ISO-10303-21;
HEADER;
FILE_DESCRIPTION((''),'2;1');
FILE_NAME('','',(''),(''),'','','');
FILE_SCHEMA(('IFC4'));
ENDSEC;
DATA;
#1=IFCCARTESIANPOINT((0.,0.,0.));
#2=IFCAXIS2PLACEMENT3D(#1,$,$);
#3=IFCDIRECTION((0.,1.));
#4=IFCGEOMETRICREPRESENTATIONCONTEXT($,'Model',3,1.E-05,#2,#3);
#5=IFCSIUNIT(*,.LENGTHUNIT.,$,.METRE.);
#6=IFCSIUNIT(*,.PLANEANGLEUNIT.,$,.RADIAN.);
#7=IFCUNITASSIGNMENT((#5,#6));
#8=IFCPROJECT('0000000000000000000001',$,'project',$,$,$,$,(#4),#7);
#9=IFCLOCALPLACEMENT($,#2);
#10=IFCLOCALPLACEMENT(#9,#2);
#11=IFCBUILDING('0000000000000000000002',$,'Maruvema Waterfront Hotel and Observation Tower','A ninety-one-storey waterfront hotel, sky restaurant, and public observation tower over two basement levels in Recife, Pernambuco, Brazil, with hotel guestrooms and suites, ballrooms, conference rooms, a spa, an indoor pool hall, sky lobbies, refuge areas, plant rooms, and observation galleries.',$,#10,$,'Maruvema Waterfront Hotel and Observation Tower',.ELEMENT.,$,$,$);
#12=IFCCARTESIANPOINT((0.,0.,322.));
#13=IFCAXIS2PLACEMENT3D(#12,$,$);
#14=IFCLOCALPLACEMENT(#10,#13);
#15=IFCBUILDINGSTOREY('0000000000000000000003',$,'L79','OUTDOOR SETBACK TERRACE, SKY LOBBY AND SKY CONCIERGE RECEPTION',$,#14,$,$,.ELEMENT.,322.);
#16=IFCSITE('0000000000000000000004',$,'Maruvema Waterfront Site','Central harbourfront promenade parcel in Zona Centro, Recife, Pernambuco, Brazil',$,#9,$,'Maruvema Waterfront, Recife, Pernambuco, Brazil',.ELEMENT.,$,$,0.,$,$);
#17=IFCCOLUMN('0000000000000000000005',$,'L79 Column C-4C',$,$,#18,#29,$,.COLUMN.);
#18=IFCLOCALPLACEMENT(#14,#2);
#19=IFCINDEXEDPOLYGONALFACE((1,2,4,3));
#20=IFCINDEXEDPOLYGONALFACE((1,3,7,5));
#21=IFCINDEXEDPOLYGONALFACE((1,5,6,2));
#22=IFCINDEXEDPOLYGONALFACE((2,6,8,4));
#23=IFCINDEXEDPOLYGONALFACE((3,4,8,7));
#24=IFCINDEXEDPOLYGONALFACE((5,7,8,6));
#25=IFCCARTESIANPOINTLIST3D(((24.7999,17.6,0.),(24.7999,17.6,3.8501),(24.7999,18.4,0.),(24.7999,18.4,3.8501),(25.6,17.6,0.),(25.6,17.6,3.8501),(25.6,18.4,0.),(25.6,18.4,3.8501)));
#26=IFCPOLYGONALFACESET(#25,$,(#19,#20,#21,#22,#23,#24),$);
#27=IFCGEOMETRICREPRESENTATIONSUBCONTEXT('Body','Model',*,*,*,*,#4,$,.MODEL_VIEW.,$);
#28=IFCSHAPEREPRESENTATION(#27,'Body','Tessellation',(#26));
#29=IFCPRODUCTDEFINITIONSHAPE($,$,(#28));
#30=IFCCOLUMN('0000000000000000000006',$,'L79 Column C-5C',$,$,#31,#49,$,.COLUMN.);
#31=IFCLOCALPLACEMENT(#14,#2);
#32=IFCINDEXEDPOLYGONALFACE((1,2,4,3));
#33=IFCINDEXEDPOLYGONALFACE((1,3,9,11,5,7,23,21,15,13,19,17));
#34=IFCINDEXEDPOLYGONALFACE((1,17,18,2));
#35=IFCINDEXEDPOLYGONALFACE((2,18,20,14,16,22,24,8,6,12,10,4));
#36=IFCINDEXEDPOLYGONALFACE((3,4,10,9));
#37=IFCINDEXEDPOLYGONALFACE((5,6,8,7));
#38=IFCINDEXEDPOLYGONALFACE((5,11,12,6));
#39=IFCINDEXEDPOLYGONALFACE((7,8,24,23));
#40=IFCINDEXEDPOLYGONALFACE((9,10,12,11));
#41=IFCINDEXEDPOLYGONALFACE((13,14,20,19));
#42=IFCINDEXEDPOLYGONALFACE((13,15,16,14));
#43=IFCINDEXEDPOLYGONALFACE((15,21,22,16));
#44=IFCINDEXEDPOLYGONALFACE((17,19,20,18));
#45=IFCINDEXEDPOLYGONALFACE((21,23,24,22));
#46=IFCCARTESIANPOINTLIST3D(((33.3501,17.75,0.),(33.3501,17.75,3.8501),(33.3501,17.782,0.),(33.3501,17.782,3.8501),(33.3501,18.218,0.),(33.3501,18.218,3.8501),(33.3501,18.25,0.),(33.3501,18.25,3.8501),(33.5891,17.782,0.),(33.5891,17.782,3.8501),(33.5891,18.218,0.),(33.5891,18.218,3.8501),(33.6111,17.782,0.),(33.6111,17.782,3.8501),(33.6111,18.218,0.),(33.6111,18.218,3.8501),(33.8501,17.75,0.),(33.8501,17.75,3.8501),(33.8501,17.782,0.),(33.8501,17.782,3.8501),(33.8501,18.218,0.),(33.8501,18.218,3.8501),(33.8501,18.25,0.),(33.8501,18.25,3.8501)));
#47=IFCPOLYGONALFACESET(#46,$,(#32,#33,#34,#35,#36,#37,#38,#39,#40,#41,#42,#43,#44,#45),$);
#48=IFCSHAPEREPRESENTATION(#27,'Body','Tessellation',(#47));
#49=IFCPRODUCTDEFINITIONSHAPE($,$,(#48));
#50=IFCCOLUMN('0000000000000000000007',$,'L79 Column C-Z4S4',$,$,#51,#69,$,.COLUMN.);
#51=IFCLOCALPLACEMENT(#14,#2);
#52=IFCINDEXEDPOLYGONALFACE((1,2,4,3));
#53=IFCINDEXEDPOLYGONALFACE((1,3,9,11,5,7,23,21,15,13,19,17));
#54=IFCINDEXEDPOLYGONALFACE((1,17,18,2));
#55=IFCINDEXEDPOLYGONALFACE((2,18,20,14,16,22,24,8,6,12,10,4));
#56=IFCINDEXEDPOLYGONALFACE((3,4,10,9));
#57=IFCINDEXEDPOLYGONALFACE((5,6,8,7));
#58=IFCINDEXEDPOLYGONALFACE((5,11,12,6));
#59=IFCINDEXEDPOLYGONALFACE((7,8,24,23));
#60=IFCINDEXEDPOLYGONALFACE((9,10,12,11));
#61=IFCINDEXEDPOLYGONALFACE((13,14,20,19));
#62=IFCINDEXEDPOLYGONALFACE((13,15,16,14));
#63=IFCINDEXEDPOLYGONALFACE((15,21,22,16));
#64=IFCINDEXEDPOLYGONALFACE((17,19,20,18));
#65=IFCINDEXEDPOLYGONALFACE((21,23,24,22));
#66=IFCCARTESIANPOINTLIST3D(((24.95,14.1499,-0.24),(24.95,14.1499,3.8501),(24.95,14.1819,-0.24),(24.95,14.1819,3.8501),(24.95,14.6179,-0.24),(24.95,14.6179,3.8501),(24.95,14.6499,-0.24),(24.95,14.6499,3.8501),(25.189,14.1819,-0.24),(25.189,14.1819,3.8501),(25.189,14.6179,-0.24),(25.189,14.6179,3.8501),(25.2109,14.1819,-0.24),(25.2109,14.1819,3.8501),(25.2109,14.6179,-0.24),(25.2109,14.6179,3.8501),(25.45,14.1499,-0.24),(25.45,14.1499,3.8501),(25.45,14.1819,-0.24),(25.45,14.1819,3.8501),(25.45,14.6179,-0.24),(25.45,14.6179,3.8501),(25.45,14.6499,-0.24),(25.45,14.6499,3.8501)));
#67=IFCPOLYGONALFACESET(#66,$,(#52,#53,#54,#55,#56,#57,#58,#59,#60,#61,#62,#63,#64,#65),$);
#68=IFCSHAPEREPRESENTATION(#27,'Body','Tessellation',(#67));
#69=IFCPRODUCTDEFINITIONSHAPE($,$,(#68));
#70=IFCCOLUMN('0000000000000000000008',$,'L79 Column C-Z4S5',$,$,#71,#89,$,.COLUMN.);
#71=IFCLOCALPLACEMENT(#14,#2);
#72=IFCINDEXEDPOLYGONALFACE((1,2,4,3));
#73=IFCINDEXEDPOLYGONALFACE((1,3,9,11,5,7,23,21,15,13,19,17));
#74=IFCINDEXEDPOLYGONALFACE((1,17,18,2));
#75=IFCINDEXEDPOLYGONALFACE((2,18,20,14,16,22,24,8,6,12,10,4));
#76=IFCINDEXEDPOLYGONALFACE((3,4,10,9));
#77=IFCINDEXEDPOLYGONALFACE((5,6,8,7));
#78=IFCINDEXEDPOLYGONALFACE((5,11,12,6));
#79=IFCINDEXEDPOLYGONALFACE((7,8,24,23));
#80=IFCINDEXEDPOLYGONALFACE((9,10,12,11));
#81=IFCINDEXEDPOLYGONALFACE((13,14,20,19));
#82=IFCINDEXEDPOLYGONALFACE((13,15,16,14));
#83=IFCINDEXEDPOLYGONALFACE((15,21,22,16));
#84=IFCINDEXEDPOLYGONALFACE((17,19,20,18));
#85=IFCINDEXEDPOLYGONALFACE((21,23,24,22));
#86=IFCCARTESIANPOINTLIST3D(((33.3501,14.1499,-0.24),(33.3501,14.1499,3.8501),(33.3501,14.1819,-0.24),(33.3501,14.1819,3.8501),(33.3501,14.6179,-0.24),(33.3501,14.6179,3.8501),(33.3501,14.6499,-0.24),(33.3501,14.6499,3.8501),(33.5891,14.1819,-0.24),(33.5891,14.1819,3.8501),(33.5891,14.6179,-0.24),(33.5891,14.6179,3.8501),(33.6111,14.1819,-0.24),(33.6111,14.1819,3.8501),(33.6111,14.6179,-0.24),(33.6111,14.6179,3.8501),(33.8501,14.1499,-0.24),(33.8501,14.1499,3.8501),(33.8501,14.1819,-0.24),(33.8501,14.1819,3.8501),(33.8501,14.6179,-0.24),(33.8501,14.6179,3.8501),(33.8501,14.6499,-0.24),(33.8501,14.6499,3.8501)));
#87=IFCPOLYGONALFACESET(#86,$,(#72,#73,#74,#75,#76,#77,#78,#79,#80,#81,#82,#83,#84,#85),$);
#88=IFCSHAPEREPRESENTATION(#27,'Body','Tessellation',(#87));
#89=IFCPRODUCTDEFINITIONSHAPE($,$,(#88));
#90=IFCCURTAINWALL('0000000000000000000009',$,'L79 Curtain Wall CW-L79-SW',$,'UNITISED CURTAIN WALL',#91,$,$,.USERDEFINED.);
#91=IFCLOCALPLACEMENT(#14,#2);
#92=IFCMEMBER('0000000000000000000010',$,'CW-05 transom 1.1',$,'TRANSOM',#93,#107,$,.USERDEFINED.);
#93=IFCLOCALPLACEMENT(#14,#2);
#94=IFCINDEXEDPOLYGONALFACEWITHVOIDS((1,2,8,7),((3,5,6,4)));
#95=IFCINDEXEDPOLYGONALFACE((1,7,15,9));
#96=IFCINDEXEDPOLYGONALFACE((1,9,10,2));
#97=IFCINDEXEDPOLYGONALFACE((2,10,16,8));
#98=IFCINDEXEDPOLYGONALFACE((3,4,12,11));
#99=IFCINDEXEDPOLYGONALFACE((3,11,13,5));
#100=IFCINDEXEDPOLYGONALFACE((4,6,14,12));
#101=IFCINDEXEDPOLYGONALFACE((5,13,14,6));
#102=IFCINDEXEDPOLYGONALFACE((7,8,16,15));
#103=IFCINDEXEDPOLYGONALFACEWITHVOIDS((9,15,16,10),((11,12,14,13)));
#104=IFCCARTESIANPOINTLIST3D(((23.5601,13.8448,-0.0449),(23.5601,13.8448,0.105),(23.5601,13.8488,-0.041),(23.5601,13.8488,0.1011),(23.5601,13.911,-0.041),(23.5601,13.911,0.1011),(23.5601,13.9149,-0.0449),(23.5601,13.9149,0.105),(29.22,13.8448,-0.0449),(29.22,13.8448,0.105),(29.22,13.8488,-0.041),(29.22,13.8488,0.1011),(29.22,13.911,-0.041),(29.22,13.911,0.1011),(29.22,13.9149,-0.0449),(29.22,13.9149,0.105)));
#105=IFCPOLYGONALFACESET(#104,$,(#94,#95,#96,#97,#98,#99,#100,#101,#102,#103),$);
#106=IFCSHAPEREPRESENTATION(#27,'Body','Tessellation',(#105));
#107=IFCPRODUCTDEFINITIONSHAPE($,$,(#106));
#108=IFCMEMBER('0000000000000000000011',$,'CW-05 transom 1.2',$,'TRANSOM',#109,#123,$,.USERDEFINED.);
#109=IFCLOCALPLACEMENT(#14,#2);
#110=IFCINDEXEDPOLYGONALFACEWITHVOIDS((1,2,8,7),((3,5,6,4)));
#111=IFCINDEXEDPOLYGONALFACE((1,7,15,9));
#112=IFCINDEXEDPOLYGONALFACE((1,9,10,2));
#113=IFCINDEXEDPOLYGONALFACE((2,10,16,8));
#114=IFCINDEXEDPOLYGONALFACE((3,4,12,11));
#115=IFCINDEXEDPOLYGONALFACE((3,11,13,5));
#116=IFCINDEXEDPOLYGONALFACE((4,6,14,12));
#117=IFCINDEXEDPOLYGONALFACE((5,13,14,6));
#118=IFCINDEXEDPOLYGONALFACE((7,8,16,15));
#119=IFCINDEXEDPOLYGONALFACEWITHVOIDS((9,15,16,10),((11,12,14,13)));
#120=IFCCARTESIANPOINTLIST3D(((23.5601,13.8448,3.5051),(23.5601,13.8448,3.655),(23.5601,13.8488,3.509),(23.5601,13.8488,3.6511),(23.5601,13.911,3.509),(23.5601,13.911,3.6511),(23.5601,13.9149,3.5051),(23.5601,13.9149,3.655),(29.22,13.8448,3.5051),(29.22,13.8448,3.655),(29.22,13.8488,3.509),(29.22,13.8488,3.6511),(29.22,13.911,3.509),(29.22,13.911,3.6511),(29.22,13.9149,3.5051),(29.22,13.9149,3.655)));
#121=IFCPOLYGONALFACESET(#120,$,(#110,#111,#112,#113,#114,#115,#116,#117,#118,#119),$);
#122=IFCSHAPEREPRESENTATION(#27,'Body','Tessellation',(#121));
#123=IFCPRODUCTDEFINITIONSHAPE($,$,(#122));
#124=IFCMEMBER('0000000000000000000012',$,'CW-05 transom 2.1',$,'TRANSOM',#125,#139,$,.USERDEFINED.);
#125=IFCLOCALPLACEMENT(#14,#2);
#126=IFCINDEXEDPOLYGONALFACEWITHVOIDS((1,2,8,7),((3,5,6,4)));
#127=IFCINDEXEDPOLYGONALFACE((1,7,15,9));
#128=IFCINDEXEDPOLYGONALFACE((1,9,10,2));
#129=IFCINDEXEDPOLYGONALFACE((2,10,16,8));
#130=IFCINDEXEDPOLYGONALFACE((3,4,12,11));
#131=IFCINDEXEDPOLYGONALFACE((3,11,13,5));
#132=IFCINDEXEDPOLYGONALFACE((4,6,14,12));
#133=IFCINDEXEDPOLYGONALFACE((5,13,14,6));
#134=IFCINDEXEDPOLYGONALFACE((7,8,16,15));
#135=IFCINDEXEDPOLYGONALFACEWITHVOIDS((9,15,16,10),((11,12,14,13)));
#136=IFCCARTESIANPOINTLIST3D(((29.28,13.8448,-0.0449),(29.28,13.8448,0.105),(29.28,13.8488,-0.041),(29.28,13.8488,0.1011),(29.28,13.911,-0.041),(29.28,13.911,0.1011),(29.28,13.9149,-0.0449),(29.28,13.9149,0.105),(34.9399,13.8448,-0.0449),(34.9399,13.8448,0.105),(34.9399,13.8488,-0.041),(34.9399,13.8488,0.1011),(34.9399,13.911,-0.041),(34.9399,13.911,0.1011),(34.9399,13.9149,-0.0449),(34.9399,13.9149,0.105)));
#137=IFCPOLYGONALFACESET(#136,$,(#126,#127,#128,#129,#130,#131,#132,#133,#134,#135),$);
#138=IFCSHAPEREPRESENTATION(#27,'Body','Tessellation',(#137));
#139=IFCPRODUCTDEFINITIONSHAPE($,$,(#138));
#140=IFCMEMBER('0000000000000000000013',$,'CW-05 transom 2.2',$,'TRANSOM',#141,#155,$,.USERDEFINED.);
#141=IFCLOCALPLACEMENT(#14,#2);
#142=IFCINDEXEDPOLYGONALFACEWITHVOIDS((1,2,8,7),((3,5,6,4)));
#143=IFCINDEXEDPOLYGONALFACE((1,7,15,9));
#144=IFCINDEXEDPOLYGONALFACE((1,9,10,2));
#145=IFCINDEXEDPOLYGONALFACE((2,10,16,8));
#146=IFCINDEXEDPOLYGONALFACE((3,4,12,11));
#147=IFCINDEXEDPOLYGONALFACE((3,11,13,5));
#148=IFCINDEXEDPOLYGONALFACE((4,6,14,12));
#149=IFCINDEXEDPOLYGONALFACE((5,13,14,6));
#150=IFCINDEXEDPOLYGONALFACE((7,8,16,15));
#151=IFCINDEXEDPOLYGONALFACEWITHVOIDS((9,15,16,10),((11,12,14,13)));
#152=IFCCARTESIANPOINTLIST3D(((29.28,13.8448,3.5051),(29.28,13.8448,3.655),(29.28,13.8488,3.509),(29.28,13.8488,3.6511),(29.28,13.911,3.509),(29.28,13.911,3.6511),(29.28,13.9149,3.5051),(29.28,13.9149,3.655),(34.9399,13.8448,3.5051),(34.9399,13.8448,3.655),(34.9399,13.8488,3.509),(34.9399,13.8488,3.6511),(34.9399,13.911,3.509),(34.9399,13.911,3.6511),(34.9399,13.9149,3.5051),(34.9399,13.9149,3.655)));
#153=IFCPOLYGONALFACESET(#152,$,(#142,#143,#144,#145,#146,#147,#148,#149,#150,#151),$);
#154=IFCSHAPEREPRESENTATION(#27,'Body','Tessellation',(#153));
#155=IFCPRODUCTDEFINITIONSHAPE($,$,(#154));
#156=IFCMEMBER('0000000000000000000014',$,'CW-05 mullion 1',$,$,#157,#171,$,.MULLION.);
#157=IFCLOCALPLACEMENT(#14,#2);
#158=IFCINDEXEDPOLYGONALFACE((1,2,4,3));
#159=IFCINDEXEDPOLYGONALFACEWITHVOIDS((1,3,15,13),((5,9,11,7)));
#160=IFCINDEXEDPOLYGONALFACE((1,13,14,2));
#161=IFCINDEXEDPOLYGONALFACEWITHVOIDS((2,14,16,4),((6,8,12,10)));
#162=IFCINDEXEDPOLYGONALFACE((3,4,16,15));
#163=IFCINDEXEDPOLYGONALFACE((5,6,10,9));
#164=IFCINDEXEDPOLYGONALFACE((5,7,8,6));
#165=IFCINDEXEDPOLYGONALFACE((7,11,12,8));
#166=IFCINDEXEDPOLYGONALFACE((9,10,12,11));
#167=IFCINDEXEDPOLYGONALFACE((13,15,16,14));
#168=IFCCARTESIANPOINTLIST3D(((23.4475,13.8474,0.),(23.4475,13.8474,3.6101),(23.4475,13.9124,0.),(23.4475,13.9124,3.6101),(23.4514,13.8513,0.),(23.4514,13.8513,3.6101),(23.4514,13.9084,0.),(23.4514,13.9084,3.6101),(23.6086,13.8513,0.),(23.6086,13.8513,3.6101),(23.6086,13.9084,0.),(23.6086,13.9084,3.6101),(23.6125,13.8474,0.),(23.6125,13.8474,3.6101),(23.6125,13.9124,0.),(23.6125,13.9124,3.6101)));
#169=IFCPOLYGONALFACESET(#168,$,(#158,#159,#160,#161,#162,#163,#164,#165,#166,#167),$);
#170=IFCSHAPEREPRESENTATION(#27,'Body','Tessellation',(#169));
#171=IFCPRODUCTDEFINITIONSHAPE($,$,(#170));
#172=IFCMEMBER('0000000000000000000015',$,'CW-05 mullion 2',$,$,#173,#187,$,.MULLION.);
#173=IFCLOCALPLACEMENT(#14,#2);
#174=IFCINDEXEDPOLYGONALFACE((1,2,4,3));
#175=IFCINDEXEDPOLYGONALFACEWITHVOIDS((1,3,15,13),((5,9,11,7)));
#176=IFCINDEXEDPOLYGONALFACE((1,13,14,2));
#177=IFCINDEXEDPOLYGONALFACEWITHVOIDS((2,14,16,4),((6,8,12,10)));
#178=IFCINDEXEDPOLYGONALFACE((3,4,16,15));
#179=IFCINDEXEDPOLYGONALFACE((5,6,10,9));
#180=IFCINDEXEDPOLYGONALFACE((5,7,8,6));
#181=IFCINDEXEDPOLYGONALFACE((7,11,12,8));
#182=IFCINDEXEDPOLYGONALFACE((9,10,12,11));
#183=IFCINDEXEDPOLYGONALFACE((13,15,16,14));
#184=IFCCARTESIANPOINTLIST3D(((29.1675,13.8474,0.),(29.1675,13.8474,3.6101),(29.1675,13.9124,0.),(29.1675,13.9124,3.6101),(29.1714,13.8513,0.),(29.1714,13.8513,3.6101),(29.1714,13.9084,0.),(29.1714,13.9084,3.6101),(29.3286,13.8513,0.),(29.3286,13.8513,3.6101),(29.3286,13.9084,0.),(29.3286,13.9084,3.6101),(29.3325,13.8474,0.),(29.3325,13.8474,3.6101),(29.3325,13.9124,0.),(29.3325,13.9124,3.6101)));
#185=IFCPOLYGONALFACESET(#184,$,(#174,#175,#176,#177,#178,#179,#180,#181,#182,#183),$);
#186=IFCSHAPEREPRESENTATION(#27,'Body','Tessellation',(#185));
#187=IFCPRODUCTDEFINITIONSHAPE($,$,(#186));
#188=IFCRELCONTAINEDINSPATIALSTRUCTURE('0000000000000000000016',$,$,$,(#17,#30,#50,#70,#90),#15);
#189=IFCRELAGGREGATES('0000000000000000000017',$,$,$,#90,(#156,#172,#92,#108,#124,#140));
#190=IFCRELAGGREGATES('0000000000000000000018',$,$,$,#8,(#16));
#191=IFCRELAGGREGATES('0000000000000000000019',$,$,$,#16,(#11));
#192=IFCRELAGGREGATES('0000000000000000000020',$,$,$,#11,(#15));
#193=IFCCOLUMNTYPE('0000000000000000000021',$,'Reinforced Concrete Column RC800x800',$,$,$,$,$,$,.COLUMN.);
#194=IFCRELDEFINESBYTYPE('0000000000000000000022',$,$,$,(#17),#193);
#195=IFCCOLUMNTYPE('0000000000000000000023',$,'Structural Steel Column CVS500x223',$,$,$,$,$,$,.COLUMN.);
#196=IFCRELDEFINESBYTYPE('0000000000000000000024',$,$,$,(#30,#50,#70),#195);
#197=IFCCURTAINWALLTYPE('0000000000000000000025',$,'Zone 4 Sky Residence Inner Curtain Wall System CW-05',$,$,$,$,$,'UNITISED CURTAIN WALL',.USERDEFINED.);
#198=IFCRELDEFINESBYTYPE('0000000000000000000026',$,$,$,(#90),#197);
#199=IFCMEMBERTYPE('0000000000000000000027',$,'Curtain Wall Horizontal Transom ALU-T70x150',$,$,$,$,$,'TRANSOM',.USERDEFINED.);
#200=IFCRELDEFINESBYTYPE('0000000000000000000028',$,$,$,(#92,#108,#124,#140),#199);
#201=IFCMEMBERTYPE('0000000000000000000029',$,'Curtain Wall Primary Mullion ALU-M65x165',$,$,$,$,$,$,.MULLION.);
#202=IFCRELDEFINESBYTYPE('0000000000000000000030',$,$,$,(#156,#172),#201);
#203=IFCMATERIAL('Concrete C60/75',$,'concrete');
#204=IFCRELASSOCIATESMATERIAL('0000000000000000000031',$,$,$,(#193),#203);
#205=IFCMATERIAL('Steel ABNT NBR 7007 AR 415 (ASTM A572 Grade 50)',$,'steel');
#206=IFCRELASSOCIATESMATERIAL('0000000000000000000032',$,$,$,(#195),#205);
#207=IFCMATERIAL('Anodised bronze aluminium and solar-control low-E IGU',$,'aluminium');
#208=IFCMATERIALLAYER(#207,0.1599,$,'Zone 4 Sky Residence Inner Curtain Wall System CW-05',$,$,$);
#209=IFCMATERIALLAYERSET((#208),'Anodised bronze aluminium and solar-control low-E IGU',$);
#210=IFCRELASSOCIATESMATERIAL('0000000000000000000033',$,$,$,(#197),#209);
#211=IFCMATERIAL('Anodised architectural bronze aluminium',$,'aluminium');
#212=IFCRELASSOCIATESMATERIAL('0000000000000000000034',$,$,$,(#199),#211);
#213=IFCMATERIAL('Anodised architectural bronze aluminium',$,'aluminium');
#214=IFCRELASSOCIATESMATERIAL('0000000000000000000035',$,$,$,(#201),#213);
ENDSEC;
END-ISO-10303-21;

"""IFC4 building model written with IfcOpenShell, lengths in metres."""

from ifc_helpers import new_model, si_unit, direction, frame, origin, origin_2d, place, context, subcontext, project, spatial, rectangle, hollow_rectangle, i_section, extrude, material, layer, layer_set, material_profile, profile_set, type_object, element, aggregate, save


model = new_model("IFC4")

# Units and contexts
model_context = context("Model", 3, precision=1e-05, world=origin(), true_north=direction((0.0, 1.0)))
body_context = subcontext(model_context, "Body", "Model", "MODEL_VIEW")
ifc_project = project(units=[si_unit("LENGTHUNIT", "METRE"), si_unit("PLANEANGLEUNIT", "RADIAN")], contexts=[model_context])

# Site, building, storey
site_placement = place(None, origin())
site = spatial("IfcSite", under=ifc_project, at=site_placement, Name="Maruvema Waterfront Site", Description="Central harbourfront promenade parcel in Zona Centro, Recife, Pernambuco, Brazil", LongName="Maruvema Waterfront, Recife, Pernambuco, Brazil", CompositionType="ELEMENT", RefElevation=0.0)
building_placement = place(site_placement, origin())
building = spatial("IfcBuilding", under=site, at=building_placement, Name="Maruvema Waterfront Hotel and Observation Tower", Description="A ninety-one-storey waterfront hotel, sky restaurant, and public observation tower over two basement levels in Recife, Pernambuco, Brazil, with hotel guestrooms and suites, ballrooms, conference rooms, a spa, an indoor pool hall, sky lobbies, refuge areas, plant rooms, and observation galleries.", LongName="Maruvema Waterfront Hotel and Observation Tower", CompositionType="ELEMENT")
storey_placement = place(building_placement, frame((0.0, 0.0, 322.0)))
storey = spatial("IfcBuildingStorey", under=building, at=storey_placement, Name="L79", Description="OUTDOOR SETBACK TERRACE, SKY LOBBY AND SKY CONCIERGE RECEPTION", CompositionType="ELEMENT", Elevation=322.0)

# Columns
ifc_material_1 = material(Name="Concrete C60/75", Category="concrete")
ifc_material_profile_1 = material_profile(ifc_material_1, rectangle(XDim=0.8, YDim=0.8, at=origin_2d()), Name="RC800x800")
ifc_profile_set_1 = profile_set([ifc_material_profile_1], Name="Concrete C60/75")
column_type_1 = type_object("IfcColumnType", Name="Reinforced Concrete Column RC800x800", PredefinedType="COLUMN", material=ifc_profile_set_1)
column_1_placement = place(storey_placement, frame((25.2, 18.0, 0.0), z_axis=(0.0, 0.0, 1.0), x_axis=(1.0, 0.0, 0.0)))
element("IfcColumn", 1, at=column_1_placement, inside=storey, type_object=column_type_1, Name="L79 Column C-4C", PredefinedType="COLUMN", context=body_context, shape_type="SweptSolid", body=[
    extrude(rectangle(XDim=0.8, YDim=0.8, at=origin_2d()), origin(), (0.0, 0.0, 1.0), 3.8501),
])
ifc_material_2 = material(Name="Steel ABNT NBR 7007 AR 415 (ASTM A572 Grade 50)", Category="steel")
ifc_material_profile_2 = material_profile(ifc_material_2, i_section(OverallWidth=0.5, OverallDepth=0.5, WebThickness=0.022, FlangeThickness=0.032, at=origin_2d()), Name="CVS500x223")
ifc_profile_set_2 = profile_set([ifc_material_profile_2], Name="Steel ABNT NBR 7007 AR 415 (ASTM A572 Grade 50)")
column_type_2 = type_object("IfcColumnType", Name="Structural Steel Column CVS500x223", PredefinedType="COLUMN", material=ifc_profile_set_2)
column_2_placement = place(storey_placement, frame((33.6001, 18.0, 0.0), z_axis=(0.0, 0.0, 1.0), x_axis=(1.0, 0.0, 0.0)))
element("IfcColumn", 2, at=column_2_placement, inside=storey, type_object=column_type_2, Name="L79 Column C-5C", PredefinedType="COLUMN", context=body_context, shape_type="SweptSolid", body=[
    extrude(i_section(OverallWidth=0.5, OverallDepth=0.5, WebThickness=0.022, FlangeThickness=0.032, at=origin_2d()), origin(), (0.0, 0.0, 1.0), 3.8501),
])
for number, where, z_axis, x_axis, name in (
    (3, (25.2, 14.3999, -0.24), (0.0, 0.0, 1.0), (1.0, 0.0, 0.0), "L79 Column C-Z4S4"),
    (4, (33.6001, 14.3999, -0.24), (0.0, 0.0, 1.0), (1.0, 0.0, 0.0), "L79 Column C-Z4S5"),
):
    element("IfcColumn", number, at=place(storey_placement, frame(where, z_axis=z_axis, x_axis=x_axis)), inside=storey, type_object=column_type_2, Name=name, PredefinedType="COLUMN", context=body_context, shape_type="SweptSolid", body=[
        extrude(i_section(OverallWidth=0.5, OverallDepth=0.5, WebThickness=0.022, FlangeThickness=0.032, at=origin_2d()), origin(), (0.0, 0.0, 1.0), 4.0901),
    ])

# Curtain wall, members
ifc_material_3 = material(Name="Anodised bronze aluminium and solar-control low-E IGU", Category="aluminium")
ifc_layer_1 = layer(ifc_material_3, 0.1599, Name="Zone 4 Sky Residence Inner Curtain Wall System CW-05")
ifc_layer_set_1 = layer_set([ifc_layer_1], Name="Anodised bronze aluminium and solar-control low-E IGU")
curtain_wall_type = type_object("IfcCurtainWallType", Name="Zone 4 Sky Residence Inner Curtain Wall System CW-05", ElementType="UNITISED CURTAIN WALL", PredefinedType="USERDEFINED", material=ifc_layer_set_1)
curtain_wall_placement = place(storey_placement, origin())
curtain_wall = element("IfcCurtainWall", 5, at=curtain_wall_placement, inside=storey, type_object=curtain_wall_type, Name="L79 Curtain Wall CW-L79-SW", ObjectType="UNITISED CURTAIN WALL", PredefinedType="USERDEFINED")
ifc_material_4 = material(Name="Anodised architectural bronze aluminium", Category="aluminium")
ifc_material_profile_3 = material_profile(ifc_material_4, hollow_rectangle(XDim=0.0701, YDim=0.1499, WallThickness=0.0039, at=origin_2d()), Name="ALU-T70x150")
ifc_profile_set_3 = profile_set([ifc_material_profile_3], Name="Anodised architectural bronze aluminium")
member_type_1 = type_object("IfcMemberType", Name="Curtain Wall Horizontal Transom ALU-T70x150", ElementType="TRANSOM", PredefinedType="USERDEFINED", material=ifc_profile_set_3)
member_1_placement = place(storey_placement, frame((23.5601, 13.8799, 0.03), z_axis=(1.0, 0.0, 0.0), x_axis=(0.0, 1.0, 0.0)))
member_1 = element("IfcMember", 6, at=member_1_placement, type_object=member_type_1, Name="CW-05 transom 1.1", ObjectType="TRANSOM", PredefinedType="USERDEFINED", context=body_context, shape_type="SweptSolid", body=[
    extrude(hollow_rectangle(XDim=0.0701, YDim=0.1499, WallThickness=0.0039, at=origin_2d()), origin(), (0.0, 0.0, 1.0), 5.6599),
])
member_2_placement = place(storey_placement, frame((23.5601, 13.8799, 3.5801), z_axis=(1.0, 0.0, 0.0), x_axis=(0.0, 1.0, 0.0)))
member_2 = element("IfcMember", 7, at=member_2_placement, type_object=member_type_1, Name="CW-05 transom 1.2", ObjectType="TRANSOM", PredefinedType="USERDEFINED", context=body_context, shape_type="SweptSolid", body=[
    extrude(hollow_rectangle(XDim=0.0701, YDim=0.1499, WallThickness=0.0039, at=origin_2d()), origin(), (0.0, 0.0, 1.0), 5.6599),
])
member_3_placement = place(storey_placement, frame((29.28, 13.8799, 0.03), z_axis=(1.0, 0.0, 0.0), x_axis=(0.0, 1.0, 0.0)))
member_3 = element("IfcMember", 8, at=member_3_placement, type_object=member_type_1, Name="CW-05 transom 2.1", ObjectType="TRANSOM", PredefinedType="USERDEFINED", context=body_context, shape_type="SweptSolid", body=[
    extrude(hollow_rectangle(XDim=0.0701, YDim=0.1499, WallThickness=0.0039, at=origin_2d()), origin(), (0.0, 0.0, 1.0), 5.6599),
])
member_4_placement = place(storey_placement, frame((29.28, 13.8799, 3.5801), z_axis=(1.0, 0.0, 0.0), x_axis=(0.0, 1.0, 0.0)))
member_4 = element("IfcMember", 9, at=member_4_placement, type_object=member_type_1, Name="CW-05 transom 2.2", ObjectType="TRANSOM", PredefinedType="USERDEFINED", context=body_context, shape_type="SweptSolid", body=[
    extrude(hollow_rectangle(XDim=0.0701, YDim=0.1499, WallThickness=0.0039, at=origin_2d()), origin(), (0.0, 0.0, 1.0), 5.6599),
])
ifc_material_5 = material(Name="Anodised architectural bronze aluminium", Category="aluminium")
ifc_material_profile_4 = material_profile(ifc_material_5, hollow_rectangle(XDim=0.0649, YDim=0.165, WallThickness=0.0039, at=origin_2d()), Name="ALU-M65x165")
ifc_profile_set_4 = profile_set([ifc_material_profile_4], Name="Anodised architectural bronze aluminium")
member_type_2 = type_object("IfcMemberType", Name="Curtain Wall Primary Mullion ALU-M65x165", PredefinedType="MULLION", material=ifc_profile_set_4)
member_5_placement = place(storey_placement, frame((23.53, 13.8799, 0.0), z_axis=(0.0, 0.0, 1.0), x_axis=(0.0, 1.0, 0.0)))
member_5 = element("IfcMember", 10, at=member_5_placement, type_object=member_type_2, Name="CW-05 mullion 1", PredefinedType="MULLION", context=body_context, shape_type="SweptSolid", body=[
    extrude(hollow_rectangle(XDim=0.0649, YDim=0.165, WallThickness=0.0039, at=origin_2d()), origin(), (0.0, 0.0, 1.0), 3.6101),
])
member_6_placement = place(storey_placement, frame((29.25, 13.8799, 0.0), z_axis=(0.0, 0.0, 1.0), x_axis=(0.0, 1.0, 0.0)))
member_6 = element("IfcMember", 11, at=member_6_placement, type_object=member_type_2, Name="CW-05 mullion 2", PredefinedType="MULLION", context=body_context, shape_type="SweptSolid", body=[
    extrude(hollow_rectangle(XDim=0.0649, YDim=0.165, WallThickness=0.0039, at=origin_2d()), origin(), (0.0, 0.0, 1.0), 3.6101),
])

aggregate(curtain_wall, [member_5, member_6, member_1, member_2, member_3, member_4])

save(model, "model.ifc")
